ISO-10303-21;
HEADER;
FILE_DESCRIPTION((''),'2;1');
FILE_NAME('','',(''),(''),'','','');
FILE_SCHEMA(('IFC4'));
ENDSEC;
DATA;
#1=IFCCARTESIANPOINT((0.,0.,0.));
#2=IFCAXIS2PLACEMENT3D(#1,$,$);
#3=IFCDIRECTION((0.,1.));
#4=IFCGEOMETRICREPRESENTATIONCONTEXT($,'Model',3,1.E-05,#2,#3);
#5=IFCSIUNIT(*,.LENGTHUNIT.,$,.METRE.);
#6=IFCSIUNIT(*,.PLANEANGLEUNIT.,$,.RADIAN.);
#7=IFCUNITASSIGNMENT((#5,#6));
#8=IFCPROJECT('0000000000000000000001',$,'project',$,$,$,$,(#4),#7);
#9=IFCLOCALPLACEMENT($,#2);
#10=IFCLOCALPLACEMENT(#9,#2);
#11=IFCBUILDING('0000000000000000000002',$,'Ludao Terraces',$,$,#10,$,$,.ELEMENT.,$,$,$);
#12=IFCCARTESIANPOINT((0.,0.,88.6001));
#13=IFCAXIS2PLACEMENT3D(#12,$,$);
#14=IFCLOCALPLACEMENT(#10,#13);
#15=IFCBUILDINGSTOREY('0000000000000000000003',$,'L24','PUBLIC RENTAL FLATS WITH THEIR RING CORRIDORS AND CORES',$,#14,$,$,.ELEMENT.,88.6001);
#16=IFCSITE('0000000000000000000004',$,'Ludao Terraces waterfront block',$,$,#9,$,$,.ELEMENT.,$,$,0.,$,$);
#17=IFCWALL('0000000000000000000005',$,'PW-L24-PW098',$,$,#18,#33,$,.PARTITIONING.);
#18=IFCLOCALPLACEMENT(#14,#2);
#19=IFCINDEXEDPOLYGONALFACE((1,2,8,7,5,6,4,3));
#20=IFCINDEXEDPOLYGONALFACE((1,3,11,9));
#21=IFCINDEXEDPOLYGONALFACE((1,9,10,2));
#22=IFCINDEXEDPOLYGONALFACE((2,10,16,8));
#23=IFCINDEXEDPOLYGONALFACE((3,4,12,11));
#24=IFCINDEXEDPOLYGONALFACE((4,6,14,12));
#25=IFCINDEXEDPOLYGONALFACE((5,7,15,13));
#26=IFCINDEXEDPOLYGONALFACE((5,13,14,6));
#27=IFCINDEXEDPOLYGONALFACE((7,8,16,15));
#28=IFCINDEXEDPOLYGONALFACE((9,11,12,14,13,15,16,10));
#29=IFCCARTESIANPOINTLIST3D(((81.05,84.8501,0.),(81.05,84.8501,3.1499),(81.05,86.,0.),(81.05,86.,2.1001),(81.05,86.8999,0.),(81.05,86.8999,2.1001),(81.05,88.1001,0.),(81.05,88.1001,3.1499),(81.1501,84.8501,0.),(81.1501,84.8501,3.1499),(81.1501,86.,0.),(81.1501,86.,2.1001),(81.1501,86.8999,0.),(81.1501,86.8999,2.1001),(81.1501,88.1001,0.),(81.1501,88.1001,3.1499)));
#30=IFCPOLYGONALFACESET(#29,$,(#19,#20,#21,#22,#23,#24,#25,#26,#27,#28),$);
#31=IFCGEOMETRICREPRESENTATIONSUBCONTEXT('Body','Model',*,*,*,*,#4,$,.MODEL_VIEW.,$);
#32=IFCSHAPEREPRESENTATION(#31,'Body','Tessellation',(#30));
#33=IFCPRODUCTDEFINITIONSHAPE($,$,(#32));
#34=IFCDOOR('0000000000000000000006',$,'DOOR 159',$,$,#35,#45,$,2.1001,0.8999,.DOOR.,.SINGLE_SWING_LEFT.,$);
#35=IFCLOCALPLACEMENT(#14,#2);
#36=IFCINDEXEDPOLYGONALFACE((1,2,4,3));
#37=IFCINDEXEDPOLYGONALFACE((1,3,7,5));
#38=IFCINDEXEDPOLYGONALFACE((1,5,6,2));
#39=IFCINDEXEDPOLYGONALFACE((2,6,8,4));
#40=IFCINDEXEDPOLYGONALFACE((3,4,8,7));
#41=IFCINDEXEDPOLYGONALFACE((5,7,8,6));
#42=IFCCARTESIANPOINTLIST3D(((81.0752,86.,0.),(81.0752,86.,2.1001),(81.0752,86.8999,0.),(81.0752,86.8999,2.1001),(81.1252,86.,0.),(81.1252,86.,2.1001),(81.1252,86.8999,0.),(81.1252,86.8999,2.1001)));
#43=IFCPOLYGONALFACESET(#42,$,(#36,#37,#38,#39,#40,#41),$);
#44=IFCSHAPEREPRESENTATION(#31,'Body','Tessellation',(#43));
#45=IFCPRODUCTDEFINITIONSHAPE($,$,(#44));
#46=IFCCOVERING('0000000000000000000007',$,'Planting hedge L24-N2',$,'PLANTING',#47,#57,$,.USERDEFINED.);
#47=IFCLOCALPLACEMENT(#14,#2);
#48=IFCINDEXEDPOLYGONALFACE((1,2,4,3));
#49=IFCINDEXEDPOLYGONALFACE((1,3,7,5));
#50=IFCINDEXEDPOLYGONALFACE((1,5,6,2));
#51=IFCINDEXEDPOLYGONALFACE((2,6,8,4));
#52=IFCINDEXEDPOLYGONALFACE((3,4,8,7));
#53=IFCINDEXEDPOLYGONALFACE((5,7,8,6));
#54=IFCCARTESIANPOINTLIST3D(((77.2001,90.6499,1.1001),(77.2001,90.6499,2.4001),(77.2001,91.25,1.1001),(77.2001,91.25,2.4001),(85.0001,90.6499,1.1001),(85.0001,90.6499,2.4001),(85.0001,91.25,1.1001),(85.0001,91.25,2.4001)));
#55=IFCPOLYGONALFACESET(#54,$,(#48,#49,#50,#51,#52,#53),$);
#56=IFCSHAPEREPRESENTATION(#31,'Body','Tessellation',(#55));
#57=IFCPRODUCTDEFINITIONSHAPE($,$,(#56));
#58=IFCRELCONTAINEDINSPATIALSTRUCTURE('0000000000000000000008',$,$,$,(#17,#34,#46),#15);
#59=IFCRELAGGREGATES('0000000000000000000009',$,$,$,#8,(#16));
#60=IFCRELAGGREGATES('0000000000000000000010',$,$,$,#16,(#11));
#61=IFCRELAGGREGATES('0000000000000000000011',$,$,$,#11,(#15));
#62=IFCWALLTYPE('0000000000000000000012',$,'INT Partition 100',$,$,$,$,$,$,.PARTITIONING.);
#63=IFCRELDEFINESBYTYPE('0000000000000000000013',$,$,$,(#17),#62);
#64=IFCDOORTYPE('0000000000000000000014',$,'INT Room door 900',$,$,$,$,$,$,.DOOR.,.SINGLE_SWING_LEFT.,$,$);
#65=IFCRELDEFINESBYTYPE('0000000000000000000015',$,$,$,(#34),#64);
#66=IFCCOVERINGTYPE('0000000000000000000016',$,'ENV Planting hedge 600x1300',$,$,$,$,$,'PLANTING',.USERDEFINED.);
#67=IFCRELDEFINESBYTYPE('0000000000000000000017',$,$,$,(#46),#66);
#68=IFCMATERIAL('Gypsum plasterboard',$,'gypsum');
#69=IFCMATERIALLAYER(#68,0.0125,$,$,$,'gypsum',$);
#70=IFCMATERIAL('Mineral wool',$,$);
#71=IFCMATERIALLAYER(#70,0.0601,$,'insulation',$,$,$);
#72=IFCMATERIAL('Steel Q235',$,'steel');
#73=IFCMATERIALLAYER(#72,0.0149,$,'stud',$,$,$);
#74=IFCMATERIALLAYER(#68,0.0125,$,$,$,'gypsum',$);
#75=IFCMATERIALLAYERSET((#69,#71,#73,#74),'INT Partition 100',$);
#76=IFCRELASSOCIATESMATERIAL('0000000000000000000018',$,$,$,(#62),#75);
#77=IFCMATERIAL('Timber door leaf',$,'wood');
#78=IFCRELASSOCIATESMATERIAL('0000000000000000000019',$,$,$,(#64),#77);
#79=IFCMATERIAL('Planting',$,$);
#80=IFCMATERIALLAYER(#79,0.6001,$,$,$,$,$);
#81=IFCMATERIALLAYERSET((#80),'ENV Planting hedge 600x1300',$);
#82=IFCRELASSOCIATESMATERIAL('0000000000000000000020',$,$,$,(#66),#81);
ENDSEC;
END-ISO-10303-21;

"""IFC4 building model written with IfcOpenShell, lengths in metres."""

from ifc_helpers import new_model, si_unit, direction, frame, frame_2d, origin, origin_2d, place, context, subcontext, project, spatial, rectangle, extrude, material, layer, layer_set, type_object, element, fill, save


model = new_model("IFC4")

# Units and contexts
model_context = context("Model", 3, precision=1e-05, world=origin(), true_north=direction((0.0, 1.0)))
body_context = subcontext(model_context, "Body", "Model", "MODEL_VIEW")
ifc_project = project(units=[si_unit("LENGTHUNIT", "METRE"), si_unit("PLANEANGLEUNIT", "RADIAN")], contexts=[model_context])

# Site, building, storey
site_placement = place(None, origin())
site = spatial("IfcSite", under=ifc_project, at=site_placement, Name="Ludao Terraces waterfront block", CompositionType="ELEMENT", RefElevation=0.0)
building_placement = place(site_placement, origin())
building = spatial("IfcBuilding", under=site, at=building_placement, Name="Ludao Terraces", CompositionType="ELEMENT")
storey_placement = place(building_placement, frame((0.0, 0.0, 88.6001)))
storey = spatial("IfcBuildingStorey", under=building, at=storey_placement, Name="L24", Description="PUBLIC RENTAL FLATS WITH THEIR RING CORRIDORS AND CORES", CompositionType="ELEMENT", Elevation=88.6001)

# Shared definitions
ifc_material_1 = material(Name="Mineral wool")

# Wall, opening, door
ifc_material_2 = material(Name="Gypsum plasterboard", Category="gypsum")
ifc_layer_1 = layer(ifc_material_2, 0.0125, Category="gypsum")
ifc_layer_2 = layer(ifc_material_1, 0.0601, Name="insulation")
ifc_material_3 = material(Name="Steel Q235", Category="steel")
ifc_layer_3 = layer(ifc_material_3, 0.0149, Name="stud")
ifc_layer_4 = layer(ifc_material_2, 0.0125, Category="gypsum")
ifc_layer_set_1 = layer_set([ifc_layer_1, ifc_layer_2, ifc_layer_3, ifc_layer_4], Name="INT Partition 100")
wall_type_1 = type_object("IfcWallType", Name="INT Partition 100", PredefinedType="PARTITIONING", material=ifc_layer_set_1)
ifc_material_4 = material(Name="Timber door leaf", Category="wood")
door_type_1 = type_object("IfcDoorType", Name="INT Room door 900", OperationType="SINGLE_SWING_LEFT", PredefinedType="DOOR", material=ifc_material_4)
wall_1_placement = place(storey_placement, frame((81.1001, 84.8501, 0.0), z_axis=(0.0, 0.0, 1.0), x_axis=(0.0, 1.0, 0.0)))
wall_1 = element("IfcWall", 1, at=wall_1_placement, inside=storey, type_object=wall_type_1, Name="PW-L24-PW098", PredefinedType="PARTITIONING", context=body_context, shape_type="SweptSolid", body=[
    extrude(rectangle(XDim=3.25, YDim=0.1001, at=frame_2d((1.625, 0.0))), origin(), (0.0, 0.0, 1.0), 3.1499),
])
opening_1_placement = place(wall_1_placement, frame((1.1499, 0.0, 0.0)))
opening_1 = element("IfcOpeningElement", 2, at=opening_1_placement, cuts=wall_1, PredefinedType="OPENING", context=body_context, shape_type="SweptSolid", body=[
    extrude(rectangle(XDim=0.8999, YDim=2.1001, at=frame_2d((0.45, 1.05))), frame((0.0, 0.0601, 0.0), z_axis=(0.0, -1.0, 0.0), x_axis=(1.0, 0.0, 0.0)), (0.0, 0.0, 1.0), 0.1201),
])
door_1_placement = place(opening_1_placement, origin())
door_1 = element("IfcDoor", 3, at=door_1_placement, inside=storey, type_object=door_type_1, Name="DOOR 159", OperationType="SINGLE_SWING_LEFT", OverallHeight=2.1001, OverallWidth=0.8999, PredefinedType="DOOR", context=body_context, shape_type="SweptSolid", body=[
    extrude(rectangle(XDim=0.8999, YDim=2.1001, at=frame_2d((0.45, 1.05))), frame((0.0, 0.0249, 0.0), z_axis=(0.0, -1.0, 0.0), x_axis=(1.0, 0.0, 0.0)), (0.0, 0.0, 1.0), 0.05),
])
fill(opening_1, door_1)

# Covering
ifc_material_5 = material(Name="Planting")
ifc_layer_5 = layer(ifc_material_5, 0.6001)
ifc_layer_set_2 = layer_set([ifc_layer_5], Name="ENV Planting hedge 600x1300")
covering_type = type_object("IfcCoveringType", Name="ENV Planting hedge 600x1300", ElementType="PLANTING", PredefinedType="USERDEFINED", material=ifc_layer_set_2)
covering_placement = place(storey_placement, frame((81.1001, 90.95, 1.1001), z_axis=(0.0, 0.0, 1.0), x_axis=(1.0, 0.0, 0.0)))
element("IfcCovering", 4, at=covering_placement, inside=storey, type_object=covering_type, Name="Planting hedge L24-N2", ObjectType="PLANTING", PredefinedType="USERDEFINED", context=body_context, shape_type="SweptSolid", body=[
    extrude(rectangle(XDim=7.8, YDim=0.6001, at=origin_2d()), origin(), (0.0, 0.0, 1.0), 1.3),
])

save(model, "model.ifc")
